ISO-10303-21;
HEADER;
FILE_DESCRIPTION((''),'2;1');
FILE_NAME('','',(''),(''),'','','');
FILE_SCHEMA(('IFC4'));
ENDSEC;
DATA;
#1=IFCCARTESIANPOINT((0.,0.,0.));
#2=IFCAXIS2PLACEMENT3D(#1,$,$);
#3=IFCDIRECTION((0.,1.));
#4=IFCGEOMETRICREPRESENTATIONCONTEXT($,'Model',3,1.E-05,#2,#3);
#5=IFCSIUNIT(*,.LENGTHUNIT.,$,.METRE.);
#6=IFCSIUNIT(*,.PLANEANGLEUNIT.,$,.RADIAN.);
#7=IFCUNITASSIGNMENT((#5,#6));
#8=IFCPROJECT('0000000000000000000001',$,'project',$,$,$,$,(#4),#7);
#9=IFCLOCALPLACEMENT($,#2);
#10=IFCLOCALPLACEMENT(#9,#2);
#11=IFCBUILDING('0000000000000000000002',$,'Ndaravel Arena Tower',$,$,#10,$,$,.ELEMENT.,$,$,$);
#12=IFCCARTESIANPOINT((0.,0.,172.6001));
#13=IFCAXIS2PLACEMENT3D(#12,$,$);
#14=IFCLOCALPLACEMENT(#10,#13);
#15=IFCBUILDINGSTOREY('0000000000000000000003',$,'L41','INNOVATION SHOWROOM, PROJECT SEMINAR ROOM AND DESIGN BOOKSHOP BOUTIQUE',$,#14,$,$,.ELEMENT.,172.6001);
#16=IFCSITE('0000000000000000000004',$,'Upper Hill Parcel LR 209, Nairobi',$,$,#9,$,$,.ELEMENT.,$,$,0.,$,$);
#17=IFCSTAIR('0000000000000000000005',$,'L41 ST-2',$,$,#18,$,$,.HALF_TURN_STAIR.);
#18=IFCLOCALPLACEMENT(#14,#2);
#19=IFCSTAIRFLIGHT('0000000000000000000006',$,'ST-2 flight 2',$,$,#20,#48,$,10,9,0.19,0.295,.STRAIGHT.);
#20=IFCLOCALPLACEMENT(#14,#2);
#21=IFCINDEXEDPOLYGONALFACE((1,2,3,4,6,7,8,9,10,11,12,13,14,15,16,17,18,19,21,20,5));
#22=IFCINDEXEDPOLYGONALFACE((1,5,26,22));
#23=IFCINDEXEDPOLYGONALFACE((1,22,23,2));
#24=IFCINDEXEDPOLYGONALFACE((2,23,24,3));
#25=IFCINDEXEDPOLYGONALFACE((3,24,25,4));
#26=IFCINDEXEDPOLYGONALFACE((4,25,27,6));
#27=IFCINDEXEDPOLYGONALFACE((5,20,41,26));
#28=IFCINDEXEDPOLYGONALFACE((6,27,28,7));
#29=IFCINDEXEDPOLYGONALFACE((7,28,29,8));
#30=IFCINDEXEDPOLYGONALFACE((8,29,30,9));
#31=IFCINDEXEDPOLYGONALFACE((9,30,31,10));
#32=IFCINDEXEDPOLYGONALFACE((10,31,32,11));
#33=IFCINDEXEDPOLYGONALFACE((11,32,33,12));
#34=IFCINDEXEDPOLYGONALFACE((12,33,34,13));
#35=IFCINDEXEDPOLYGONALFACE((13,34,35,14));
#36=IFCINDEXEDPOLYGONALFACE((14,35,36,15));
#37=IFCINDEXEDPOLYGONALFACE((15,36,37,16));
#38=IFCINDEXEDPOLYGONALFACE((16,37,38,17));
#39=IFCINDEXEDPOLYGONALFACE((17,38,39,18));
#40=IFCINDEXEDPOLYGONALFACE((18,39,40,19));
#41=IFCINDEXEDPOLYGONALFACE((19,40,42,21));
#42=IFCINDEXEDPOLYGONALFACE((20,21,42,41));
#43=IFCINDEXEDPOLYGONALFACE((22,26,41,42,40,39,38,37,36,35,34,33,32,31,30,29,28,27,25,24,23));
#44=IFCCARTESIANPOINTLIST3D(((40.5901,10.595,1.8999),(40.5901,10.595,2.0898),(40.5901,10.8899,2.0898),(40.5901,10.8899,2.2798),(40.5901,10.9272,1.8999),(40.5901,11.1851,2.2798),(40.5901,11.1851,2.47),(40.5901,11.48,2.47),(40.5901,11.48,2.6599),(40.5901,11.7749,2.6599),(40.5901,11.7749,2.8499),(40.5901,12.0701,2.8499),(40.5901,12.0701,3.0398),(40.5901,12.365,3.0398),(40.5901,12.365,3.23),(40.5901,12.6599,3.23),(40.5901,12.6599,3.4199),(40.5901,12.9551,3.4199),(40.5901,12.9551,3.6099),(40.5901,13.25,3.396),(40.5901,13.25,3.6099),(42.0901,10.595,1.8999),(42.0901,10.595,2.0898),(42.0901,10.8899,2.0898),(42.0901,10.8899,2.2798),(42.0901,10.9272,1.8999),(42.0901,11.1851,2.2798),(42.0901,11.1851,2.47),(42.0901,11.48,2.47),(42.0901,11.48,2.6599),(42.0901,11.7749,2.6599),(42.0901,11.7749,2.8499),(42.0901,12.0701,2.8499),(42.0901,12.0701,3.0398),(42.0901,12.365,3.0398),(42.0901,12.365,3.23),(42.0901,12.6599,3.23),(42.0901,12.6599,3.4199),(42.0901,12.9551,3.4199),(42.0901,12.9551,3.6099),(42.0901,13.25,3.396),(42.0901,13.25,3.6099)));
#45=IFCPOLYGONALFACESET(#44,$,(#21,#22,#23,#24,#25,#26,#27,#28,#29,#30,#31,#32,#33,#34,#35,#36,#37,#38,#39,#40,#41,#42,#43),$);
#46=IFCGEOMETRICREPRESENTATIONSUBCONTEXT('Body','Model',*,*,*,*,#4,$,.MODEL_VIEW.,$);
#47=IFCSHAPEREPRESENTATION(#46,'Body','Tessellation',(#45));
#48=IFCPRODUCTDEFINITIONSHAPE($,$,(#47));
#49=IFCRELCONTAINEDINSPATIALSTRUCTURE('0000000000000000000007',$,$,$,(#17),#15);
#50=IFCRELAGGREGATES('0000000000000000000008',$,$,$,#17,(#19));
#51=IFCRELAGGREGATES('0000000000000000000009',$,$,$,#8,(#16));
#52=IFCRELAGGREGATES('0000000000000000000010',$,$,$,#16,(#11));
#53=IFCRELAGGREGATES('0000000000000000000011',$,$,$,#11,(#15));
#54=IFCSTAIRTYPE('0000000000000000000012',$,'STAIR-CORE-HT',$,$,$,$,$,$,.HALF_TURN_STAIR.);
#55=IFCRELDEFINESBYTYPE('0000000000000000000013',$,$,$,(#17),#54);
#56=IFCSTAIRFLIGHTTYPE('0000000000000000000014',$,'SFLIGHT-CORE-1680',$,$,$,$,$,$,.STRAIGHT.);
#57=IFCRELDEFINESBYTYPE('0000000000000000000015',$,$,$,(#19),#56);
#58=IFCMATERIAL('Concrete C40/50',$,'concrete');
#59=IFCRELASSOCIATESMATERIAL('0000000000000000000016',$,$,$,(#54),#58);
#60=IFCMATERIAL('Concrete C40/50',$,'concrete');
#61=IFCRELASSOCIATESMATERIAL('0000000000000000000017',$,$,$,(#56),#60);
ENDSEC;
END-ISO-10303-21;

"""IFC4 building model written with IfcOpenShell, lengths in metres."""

from ifc_helpers import new_model, si_unit, direction, frame, origin, place, context, subcontext, project, spatial, polyline, outline, extrude, material, type_object, element, aggregate, save


model = new_model("IFC4")

# Units and contexts
model_context = context("Model", 3, precision=1e-05, world=origin(), true_north=direction((0.0, 1.0)))
body_context = subcontext(model_context, "Body", "Model", "MODEL_VIEW")
ifc_project = project(units=[si_unit("LENGTHUNIT", "METRE"), si_unit("PLANEANGLEUNIT", "RADIAN")], contexts=[model_context])

# Site, building, storey
site_placement = place(None, origin())
site = spatial("IfcSite", under=ifc_project, at=site_placement, Name="Upper Hill Parcel LR 209, Nairobi", CompositionType="ELEMENT", RefElevation=0.0)
building_placement = place(site_placement, origin())
building = spatial("IfcBuilding", under=site, at=building_placement, Name="Ndaravel Arena Tower", CompositionType="ELEMENT")
storey_placement = place(building_placement, frame((0.0, 0.0, 172.6001)))
storey = spatial("IfcBuildingStorey", under=building, at=storey_placement, Name="L41", Description="INNOVATION SHOWROOM, PROJECT SEMINAR ROOM AND DESIGN BOOKSHOP BOUTIQUE", CompositionType="ELEMENT", Elevation=172.6001)

# Stair, stair flight
ifc_material_1 = material(Name="Concrete C40/50", Category="concrete")
stair_type = type_object("IfcStairType", Name="STAIR-CORE-HT", PredefinedType="HALF_TURN_STAIR", material=ifc_material_1)
stair_placement = place(storey_placement, origin())
stair = element("IfcStair", 1, at=stair_placement, inside=storey, type_object=stair_type, Name="L41 ST-2", PredefinedType="HALF_TURN_STAIR")
ifc_material_2 = material(Name="Concrete C40/50", Category="concrete")
stair_flight_type = type_object("IfcStairFlightType", Name="SFLIGHT-CORE-1680", PredefinedType="STRAIGHT", material=ifc_material_2)
stair_flight_1_placement = place(storey_placement, frame((41.3401, 10.595, 1.8999), z_axis=(0.0, 0.0, 1.0), x_axis=(0.0, 1.0, 0.0)))
stair_flight_1 = element("IfcStairFlight", 2, at=stair_flight_1_placement, type_object=stair_flight_type, Name="ST-2 flight 2", NumberOfRisers=10, NumberOfTreads=9, PredefinedType="STRAIGHT", RiserHeight=0.19, TreadLength=0.295, context=body_context, shape_type="SweptSolid", body=[
    extrude(outline(polyline([(0.0, 0.0), (0.0, 0.1899), (0.2949, 0.1899), (0.2949, 0.3799), (0.5901, 0.3799), (0.5901, 0.5701), (0.885, 0.5701), (0.885, 0.76), (1.1799, 0.76), (1.1799, 0.95), (1.4751, 0.95), (1.4751, 1.1399), (1.77, 1.1399), (1.77, 1.3301), (2.0649, 1.3301), (2.0649, 1.52), (2.3601, 1.52), (2.3601, 1.71), (2.655, 1.71), (2.655, 1.8999), (2.655, 1.4961), (0.3323, 0.0), (0.0, 0.0)])), frame((0.0, 0.75, 0.0), z_axis=(0.0, -1.0, 0.0), x_axis=(1.0, 0.0, 0.0)), (0.0, 0.0, 1.0), 1.5),
])
aggregate(stair, [stair_flight_1])

save(model, "model.ifc")
